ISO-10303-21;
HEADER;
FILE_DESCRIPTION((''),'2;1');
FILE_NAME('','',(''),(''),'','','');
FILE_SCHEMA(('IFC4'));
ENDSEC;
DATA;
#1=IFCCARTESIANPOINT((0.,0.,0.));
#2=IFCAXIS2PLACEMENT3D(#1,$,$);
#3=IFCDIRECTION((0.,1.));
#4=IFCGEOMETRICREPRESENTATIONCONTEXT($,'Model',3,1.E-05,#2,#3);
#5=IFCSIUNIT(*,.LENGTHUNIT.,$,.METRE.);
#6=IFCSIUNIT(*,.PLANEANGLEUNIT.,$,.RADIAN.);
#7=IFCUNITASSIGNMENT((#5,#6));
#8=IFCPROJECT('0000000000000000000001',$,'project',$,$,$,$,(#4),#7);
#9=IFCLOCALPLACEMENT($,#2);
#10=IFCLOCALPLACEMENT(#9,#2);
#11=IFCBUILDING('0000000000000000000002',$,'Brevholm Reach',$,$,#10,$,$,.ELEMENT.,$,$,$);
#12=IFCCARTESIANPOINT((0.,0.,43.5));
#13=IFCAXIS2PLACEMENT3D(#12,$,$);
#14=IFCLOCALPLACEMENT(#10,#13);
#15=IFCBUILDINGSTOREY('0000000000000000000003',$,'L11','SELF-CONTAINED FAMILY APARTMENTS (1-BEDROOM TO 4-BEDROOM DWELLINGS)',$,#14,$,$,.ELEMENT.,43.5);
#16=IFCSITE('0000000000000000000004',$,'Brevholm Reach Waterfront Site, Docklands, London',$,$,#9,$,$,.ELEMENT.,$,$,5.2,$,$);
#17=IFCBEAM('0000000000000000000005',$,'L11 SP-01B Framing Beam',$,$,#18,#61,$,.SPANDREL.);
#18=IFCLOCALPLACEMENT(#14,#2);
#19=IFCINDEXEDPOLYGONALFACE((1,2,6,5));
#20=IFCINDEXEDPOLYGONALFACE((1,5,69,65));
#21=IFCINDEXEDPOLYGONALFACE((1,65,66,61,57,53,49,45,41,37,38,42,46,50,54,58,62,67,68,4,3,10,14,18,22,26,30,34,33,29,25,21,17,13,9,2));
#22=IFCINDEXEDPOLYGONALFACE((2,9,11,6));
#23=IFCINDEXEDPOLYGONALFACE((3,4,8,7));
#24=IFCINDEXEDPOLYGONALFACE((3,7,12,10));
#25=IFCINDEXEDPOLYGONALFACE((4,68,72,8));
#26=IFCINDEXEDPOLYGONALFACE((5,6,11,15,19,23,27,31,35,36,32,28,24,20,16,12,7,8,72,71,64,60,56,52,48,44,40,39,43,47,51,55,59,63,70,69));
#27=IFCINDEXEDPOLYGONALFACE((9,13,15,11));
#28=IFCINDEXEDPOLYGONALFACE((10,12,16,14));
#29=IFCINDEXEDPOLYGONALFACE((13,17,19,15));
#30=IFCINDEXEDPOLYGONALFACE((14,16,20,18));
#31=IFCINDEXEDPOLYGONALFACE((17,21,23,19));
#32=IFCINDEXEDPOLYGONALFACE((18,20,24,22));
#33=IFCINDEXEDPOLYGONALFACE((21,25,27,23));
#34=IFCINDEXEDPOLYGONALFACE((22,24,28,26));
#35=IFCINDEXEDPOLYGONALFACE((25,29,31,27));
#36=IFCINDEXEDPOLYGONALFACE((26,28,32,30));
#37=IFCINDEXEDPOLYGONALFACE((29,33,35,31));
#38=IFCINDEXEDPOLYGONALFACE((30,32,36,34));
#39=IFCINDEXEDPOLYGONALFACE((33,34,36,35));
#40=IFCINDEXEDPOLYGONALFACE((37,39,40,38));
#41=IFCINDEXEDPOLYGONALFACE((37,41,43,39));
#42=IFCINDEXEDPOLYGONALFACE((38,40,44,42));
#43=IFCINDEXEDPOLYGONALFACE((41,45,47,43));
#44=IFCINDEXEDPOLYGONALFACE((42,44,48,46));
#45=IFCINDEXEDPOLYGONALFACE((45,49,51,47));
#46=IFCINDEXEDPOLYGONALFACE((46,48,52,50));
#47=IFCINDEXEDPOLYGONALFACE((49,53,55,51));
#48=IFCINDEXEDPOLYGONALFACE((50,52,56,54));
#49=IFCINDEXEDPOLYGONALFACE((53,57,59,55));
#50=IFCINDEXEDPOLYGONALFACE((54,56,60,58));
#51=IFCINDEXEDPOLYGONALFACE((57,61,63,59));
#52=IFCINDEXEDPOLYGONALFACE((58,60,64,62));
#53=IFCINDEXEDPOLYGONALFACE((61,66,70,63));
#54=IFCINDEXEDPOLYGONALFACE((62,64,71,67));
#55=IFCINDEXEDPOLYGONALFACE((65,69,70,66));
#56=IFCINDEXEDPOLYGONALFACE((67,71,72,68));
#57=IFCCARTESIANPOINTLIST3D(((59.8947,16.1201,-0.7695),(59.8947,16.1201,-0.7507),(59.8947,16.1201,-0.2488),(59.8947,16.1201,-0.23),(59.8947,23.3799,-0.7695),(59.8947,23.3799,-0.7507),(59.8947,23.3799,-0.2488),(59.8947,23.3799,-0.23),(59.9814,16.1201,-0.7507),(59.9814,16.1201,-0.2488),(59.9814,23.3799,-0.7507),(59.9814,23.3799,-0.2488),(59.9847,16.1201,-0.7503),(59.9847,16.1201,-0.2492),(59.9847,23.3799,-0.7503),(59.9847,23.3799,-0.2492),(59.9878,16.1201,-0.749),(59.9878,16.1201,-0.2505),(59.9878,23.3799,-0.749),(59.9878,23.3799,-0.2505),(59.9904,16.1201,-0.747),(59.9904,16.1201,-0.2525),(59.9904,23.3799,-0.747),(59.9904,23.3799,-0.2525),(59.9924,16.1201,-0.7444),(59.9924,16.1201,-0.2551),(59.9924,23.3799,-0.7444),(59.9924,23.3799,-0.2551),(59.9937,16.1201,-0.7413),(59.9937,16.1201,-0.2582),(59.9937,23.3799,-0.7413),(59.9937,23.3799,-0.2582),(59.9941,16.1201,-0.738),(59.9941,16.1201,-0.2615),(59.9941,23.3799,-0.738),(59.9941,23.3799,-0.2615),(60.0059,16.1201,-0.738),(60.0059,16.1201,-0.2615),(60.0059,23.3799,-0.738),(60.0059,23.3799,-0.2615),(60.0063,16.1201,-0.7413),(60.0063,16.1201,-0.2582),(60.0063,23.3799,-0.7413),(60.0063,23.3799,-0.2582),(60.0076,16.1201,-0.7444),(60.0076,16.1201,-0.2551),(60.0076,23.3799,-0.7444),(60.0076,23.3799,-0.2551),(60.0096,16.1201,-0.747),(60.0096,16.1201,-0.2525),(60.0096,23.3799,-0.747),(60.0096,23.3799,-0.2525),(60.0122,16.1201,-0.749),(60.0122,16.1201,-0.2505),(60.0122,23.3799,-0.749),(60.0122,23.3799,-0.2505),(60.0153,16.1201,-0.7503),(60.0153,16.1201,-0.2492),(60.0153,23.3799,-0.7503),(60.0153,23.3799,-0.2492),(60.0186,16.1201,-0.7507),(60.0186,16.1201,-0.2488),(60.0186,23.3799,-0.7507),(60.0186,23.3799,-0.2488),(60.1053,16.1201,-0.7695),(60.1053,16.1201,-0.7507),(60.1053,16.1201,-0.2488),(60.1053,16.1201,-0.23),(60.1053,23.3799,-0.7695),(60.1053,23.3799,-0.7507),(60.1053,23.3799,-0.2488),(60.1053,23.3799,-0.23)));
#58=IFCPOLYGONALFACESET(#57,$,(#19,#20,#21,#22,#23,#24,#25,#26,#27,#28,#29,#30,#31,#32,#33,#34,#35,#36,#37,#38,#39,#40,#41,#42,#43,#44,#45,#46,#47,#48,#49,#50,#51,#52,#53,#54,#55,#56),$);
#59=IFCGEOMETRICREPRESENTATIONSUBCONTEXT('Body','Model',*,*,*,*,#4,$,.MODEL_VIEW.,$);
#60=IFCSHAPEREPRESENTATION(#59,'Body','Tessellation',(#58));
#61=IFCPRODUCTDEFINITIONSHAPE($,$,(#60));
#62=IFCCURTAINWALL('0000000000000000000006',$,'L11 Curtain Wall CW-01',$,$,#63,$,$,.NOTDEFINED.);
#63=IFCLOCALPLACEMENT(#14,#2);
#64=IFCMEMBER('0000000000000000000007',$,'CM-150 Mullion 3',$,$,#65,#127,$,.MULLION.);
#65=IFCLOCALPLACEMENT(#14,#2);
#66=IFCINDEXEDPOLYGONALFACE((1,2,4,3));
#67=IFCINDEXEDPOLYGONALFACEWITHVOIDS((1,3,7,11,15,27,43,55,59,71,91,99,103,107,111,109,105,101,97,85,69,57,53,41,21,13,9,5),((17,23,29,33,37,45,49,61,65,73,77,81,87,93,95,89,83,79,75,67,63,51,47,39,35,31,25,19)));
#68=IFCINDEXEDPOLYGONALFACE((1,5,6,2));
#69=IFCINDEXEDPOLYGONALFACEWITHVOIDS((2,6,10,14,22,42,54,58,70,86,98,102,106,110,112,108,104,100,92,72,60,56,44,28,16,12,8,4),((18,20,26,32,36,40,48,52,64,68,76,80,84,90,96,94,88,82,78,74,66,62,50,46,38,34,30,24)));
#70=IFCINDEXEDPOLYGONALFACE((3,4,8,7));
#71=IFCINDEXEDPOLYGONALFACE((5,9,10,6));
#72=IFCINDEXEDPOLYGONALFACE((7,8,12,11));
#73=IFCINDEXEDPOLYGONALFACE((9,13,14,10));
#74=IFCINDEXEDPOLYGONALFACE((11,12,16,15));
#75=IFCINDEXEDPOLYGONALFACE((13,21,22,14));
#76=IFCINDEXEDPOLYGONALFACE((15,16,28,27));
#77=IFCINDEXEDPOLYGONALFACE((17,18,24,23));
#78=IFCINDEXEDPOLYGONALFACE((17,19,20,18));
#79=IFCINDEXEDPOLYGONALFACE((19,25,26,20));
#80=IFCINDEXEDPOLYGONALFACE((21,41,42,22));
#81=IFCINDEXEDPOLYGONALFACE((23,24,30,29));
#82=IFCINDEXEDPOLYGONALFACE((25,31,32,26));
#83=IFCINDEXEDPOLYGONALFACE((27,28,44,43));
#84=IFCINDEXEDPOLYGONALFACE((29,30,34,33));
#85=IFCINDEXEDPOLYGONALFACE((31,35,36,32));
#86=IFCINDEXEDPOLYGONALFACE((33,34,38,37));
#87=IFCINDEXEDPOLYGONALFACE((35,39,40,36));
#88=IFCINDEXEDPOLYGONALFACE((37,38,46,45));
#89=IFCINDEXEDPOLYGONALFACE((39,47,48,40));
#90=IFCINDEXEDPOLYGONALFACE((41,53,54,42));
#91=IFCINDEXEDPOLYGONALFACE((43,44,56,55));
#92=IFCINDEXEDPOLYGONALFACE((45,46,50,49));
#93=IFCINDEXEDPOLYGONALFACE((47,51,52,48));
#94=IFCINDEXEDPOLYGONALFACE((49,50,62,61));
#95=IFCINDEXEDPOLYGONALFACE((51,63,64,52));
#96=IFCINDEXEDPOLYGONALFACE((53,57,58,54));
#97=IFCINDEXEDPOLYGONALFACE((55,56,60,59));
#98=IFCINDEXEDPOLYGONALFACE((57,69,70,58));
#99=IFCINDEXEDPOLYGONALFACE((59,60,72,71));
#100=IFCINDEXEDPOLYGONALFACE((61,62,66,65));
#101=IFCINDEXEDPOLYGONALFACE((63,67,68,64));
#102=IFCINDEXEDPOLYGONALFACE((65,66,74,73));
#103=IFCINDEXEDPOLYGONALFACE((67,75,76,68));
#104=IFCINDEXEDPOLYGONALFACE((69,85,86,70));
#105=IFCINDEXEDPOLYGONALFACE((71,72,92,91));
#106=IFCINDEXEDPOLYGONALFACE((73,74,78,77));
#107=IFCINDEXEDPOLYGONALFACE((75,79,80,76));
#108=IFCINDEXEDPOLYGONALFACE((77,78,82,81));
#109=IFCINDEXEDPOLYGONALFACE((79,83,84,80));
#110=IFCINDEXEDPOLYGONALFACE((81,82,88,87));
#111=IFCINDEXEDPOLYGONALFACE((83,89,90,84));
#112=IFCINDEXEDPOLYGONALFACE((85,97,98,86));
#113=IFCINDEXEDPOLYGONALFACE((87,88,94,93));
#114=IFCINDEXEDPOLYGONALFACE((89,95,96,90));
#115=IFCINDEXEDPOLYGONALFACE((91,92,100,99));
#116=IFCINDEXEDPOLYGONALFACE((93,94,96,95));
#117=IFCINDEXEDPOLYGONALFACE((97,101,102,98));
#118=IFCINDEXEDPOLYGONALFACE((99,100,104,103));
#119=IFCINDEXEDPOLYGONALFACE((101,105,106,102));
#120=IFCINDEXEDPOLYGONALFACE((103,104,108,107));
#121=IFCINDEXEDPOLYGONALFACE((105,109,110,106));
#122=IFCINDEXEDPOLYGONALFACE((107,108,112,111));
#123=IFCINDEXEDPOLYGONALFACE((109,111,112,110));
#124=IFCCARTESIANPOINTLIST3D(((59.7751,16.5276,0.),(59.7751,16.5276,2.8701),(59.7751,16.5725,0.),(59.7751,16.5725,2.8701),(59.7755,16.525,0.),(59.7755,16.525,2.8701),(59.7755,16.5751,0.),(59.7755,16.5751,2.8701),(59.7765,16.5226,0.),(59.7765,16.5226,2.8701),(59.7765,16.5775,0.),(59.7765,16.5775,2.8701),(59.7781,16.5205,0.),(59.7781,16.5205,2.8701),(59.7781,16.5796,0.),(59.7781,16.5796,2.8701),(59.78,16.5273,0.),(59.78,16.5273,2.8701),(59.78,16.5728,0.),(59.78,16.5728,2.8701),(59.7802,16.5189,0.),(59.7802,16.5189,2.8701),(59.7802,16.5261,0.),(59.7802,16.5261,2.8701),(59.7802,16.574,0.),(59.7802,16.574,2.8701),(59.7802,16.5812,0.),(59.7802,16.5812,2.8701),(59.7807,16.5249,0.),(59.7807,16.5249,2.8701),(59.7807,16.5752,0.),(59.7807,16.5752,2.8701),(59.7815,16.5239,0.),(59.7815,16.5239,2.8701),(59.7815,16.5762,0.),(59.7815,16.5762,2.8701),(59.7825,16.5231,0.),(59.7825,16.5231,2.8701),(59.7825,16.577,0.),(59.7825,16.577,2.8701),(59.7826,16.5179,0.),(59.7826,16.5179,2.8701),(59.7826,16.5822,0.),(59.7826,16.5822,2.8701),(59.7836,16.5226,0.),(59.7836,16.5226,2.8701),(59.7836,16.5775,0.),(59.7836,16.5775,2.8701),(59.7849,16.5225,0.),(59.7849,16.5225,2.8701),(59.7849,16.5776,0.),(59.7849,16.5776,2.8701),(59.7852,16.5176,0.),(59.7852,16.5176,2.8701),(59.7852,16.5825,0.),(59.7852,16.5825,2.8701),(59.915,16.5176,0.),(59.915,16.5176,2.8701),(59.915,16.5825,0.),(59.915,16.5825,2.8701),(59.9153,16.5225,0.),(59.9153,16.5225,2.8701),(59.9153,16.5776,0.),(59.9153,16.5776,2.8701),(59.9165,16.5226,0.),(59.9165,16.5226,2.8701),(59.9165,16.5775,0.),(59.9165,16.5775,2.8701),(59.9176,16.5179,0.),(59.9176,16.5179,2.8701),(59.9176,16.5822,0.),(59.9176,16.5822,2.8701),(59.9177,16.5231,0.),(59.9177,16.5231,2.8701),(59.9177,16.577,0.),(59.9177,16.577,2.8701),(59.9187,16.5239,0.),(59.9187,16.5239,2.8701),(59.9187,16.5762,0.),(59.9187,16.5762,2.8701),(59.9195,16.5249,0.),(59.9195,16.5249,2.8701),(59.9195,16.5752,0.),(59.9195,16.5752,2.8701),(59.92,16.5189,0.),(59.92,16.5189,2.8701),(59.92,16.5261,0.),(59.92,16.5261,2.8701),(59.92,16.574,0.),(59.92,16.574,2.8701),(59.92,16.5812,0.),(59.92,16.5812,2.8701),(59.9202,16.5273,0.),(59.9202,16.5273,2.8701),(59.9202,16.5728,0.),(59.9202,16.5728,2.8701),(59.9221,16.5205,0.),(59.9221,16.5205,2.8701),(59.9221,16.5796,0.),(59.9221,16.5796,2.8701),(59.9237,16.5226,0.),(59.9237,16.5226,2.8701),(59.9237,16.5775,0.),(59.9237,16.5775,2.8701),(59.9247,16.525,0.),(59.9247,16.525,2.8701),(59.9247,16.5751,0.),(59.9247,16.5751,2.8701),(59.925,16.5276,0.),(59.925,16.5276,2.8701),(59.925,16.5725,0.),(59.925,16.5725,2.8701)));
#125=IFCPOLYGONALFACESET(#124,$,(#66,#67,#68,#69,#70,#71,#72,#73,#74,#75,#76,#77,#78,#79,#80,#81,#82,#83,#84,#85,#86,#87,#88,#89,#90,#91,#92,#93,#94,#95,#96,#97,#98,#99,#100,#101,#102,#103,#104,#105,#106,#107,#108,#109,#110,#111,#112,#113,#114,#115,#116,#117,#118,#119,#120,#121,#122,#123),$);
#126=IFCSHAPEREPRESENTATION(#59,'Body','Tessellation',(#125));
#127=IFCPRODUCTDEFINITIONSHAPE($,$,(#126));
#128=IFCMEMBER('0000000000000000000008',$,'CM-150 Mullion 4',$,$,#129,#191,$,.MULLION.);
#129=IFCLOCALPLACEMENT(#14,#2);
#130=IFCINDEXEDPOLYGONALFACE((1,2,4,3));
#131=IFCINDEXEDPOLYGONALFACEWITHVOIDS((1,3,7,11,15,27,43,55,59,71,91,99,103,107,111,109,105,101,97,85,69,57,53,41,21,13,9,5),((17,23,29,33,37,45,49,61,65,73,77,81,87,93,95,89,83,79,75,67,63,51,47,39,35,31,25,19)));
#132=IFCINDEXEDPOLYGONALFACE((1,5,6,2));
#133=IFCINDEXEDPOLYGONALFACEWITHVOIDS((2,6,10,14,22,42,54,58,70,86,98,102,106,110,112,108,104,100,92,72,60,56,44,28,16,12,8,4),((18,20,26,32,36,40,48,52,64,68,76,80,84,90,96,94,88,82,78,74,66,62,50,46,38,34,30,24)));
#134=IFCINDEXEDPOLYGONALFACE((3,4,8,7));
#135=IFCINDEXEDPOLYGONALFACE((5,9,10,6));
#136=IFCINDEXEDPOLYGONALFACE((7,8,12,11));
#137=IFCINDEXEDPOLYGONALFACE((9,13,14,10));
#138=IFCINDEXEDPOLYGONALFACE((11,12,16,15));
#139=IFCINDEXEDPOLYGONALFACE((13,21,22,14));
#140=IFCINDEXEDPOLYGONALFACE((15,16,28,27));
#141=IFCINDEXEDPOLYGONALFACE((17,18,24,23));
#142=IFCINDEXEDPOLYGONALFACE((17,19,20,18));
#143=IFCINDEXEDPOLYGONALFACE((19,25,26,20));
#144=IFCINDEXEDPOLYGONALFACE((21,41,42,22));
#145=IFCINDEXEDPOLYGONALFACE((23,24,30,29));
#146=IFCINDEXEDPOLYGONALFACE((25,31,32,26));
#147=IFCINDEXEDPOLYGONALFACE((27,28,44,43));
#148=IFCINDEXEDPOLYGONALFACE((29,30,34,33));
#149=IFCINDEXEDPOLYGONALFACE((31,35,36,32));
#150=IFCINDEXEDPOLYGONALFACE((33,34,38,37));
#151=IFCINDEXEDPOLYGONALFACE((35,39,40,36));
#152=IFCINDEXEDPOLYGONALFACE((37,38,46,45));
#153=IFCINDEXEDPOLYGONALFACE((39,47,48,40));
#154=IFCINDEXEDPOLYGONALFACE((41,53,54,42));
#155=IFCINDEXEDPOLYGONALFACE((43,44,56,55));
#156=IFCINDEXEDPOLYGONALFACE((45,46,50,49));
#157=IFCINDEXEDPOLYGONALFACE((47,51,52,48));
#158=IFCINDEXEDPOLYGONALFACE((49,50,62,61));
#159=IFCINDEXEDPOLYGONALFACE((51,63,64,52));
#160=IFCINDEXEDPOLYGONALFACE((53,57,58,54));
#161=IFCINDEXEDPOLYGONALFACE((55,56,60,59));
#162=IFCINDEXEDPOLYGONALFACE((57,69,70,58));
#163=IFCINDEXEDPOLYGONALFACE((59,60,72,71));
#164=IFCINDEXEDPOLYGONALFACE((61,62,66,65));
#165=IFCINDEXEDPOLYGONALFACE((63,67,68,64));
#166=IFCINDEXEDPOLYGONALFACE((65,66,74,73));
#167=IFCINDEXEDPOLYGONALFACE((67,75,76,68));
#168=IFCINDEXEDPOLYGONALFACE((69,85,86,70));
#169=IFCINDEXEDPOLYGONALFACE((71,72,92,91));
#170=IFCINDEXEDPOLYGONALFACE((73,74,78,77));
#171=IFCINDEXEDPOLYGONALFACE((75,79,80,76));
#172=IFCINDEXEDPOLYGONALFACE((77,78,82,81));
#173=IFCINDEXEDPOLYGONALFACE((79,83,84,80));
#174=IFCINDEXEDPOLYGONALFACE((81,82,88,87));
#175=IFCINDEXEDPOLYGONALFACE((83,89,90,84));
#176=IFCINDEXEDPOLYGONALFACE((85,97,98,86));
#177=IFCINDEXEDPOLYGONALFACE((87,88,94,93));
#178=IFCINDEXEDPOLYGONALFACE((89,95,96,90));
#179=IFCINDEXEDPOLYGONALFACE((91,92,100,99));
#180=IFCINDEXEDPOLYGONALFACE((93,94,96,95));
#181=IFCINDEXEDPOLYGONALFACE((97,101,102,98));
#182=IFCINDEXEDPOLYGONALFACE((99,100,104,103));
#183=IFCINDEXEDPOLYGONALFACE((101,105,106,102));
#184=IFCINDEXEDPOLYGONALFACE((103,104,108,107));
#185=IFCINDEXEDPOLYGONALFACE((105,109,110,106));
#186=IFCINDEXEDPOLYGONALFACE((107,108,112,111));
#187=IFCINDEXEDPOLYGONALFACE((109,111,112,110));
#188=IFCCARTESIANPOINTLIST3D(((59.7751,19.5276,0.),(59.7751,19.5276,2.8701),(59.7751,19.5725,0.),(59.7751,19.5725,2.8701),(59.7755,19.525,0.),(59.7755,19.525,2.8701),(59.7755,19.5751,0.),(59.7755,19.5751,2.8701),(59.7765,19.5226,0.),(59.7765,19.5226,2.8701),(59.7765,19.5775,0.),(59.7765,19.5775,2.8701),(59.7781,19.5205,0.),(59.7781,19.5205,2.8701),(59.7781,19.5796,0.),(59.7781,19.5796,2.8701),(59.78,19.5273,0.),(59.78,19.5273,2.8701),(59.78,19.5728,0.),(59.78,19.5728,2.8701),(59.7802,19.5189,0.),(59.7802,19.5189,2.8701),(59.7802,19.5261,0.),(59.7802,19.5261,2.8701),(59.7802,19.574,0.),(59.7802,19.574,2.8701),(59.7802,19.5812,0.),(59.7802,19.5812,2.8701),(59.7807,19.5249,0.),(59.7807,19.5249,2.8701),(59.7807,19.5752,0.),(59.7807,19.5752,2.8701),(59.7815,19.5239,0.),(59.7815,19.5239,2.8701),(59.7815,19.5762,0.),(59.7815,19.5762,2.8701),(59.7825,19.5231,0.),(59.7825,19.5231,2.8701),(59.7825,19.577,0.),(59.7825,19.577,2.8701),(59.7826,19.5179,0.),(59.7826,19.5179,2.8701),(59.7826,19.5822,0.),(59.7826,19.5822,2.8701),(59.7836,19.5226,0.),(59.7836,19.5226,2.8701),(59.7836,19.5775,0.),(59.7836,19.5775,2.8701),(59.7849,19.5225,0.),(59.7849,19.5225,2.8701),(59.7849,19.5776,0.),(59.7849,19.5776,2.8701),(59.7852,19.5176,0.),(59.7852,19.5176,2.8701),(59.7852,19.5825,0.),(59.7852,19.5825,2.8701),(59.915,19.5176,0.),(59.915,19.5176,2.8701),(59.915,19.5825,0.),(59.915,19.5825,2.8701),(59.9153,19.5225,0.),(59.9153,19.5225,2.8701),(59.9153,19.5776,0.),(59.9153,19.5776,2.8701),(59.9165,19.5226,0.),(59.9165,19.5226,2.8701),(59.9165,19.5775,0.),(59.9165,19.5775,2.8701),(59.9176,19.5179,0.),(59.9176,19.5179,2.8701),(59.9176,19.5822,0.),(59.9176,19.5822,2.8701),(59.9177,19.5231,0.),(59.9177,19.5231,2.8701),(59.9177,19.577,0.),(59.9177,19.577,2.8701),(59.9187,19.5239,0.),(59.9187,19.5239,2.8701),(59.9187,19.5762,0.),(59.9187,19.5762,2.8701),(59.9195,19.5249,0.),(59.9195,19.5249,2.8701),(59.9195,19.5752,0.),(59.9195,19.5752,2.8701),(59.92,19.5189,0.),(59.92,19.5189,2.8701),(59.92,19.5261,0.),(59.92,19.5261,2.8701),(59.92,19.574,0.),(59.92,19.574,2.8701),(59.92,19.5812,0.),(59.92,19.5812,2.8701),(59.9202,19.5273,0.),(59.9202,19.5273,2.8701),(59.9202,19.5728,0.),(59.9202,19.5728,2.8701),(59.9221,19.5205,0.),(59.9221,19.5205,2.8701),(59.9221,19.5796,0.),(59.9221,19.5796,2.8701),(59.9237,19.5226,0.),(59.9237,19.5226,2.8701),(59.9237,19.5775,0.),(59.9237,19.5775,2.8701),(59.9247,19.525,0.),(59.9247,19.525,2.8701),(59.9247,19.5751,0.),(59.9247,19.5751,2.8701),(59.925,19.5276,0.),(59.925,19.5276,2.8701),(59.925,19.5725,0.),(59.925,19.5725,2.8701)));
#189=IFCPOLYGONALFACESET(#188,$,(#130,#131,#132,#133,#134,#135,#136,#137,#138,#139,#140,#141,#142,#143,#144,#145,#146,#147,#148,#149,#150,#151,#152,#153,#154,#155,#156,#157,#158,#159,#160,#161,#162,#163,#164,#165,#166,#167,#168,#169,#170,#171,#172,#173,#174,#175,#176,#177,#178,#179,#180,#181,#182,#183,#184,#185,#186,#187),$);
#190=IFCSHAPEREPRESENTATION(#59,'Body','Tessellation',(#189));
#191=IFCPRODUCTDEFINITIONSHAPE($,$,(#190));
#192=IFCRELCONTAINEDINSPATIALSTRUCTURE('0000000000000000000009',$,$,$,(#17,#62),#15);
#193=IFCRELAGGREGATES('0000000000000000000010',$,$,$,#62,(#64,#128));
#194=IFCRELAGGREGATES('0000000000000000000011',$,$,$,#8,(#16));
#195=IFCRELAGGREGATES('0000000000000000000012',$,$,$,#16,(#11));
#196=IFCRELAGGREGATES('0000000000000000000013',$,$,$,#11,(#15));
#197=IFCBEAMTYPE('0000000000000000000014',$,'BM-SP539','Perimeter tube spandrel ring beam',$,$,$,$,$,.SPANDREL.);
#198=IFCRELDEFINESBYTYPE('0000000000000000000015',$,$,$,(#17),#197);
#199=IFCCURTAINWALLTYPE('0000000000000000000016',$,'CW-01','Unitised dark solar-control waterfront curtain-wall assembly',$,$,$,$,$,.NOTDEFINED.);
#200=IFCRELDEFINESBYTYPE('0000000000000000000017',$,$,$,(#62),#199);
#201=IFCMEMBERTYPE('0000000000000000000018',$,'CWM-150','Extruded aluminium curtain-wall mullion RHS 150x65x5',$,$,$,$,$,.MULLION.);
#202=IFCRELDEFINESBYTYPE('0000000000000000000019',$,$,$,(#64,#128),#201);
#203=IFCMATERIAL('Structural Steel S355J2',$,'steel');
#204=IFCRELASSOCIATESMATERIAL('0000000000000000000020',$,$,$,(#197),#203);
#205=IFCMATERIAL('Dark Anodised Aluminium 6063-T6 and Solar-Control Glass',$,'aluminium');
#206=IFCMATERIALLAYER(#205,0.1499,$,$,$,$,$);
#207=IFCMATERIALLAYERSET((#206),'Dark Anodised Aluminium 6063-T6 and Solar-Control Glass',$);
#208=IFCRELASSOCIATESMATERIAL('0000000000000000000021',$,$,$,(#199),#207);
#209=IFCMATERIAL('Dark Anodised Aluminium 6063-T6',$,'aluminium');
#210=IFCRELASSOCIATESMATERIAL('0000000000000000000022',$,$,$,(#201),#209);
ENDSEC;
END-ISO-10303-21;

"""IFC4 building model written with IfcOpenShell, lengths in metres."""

from ifc_helpers import new_model, si_unit, direction, frame, origin, origin_2d, place, context, subcontext, project, spatial, hollow_rectangle, i_section, extrude, material, layer, layer_set, material_profile, profile_set, type_object, element, aggregate, save


model = new_model("IFC4")

# Units and contexts
model_context = context("Model", 3, precision=1e-05, world=origin(), true_north=direction((0.0, 1.0)))
body_context = subcontext(model_context, "Body", "Model", "MODEL_VIEW")
ifc_project = project(units=[si_unit("LENGTHUNIT", "METRE"), si_unit("PLANEANGLEUNIT", "RADIAN")], contexts=[model_context])

# Site, building, storey
site_placement = place(None, origin())
site = spatial("IfcSite", under=ifc_project, at=site_placement, Name="Brevholm Reach Waterfront Site, Docklands, London", CompositionType="ELEMENT", RefElevation=5.2)
building_placement = place(site_placement, origin())
building = spatial("IfcBuilding", under=site, at=building_placement, Name="Brevholm Reach", CompositionType="ELEMENT")
storey_placement = place(building_placement, frame((0.0, 0.0, 43.5)))
storey = spatial("IfcBuildingStorey", under=building, at=storey_placement, Name="L11", Description="SELF-CONTAINED FAMILY APARTMENTS (1-BEDROOM TO 4-BEDROOM DWELLINGS)", CompositionType="ELEMENT", Elevation=43.5)

# Beam
ifc_material_1 = material(Name="Structural Steel S355J2", Category="steel")
ifc_material_profile_1 = material_profile(ifc_material_1, i_section(OverallWidth=0.2107, OverallDepth=0.5396, WebThickness=0.0117, FlangeThickness=0.0188, FilletRadius=0.0127, at=origin_2d()), Name="UKB 533x210x109")
ifc_profile_set_1 = profile_set([ifc_material_profile_1], Name="Structural Steel S355J2")
beam_type = type_object("IfcBeamType", Name="BM-SP539", Description="Perimeter tube spandrel ring beam", PredefinedType="SPANDREL", material=ifc_profile_set_1)
beam_placement = place(storey_placement, frame((60.0, 16.1201, -0.4998), z_axis=(0.0, 1.0, 0.0), x_axis=(-1.0, 0.0, 0.0)))
element("IfcBeam", 1, at=beam_placement, inside=storey, type_object=beam_type, Name="L11 SP-01B Framing Beam", PredefinedType="SPANDREL", context=body_context, shape_type="SweptSolid", body=[
    extrude(i_section(OverallWidth=0.2107, OverallDepth=0.5396, WebThickness=0.0117, FlangeThickness=0.0188, FilletRadius=0.0127, at=origin_2d()), origin(), (0.0, 0.0, 1.0), 7.2598),
])

# Curtain wall, members
ifc_material_2 = material(Name="Dark Anodised Aluminium 6063-T6 and Solar-Control Glass", Category="aluminium")
ifc_layer_1 = layer(ifc_material_2, 0.1499)
ifc_layer_set_1 = layer_set([ifc_layer_1], Name="Dark Anodised Aluminium 6063-T6 and Solar-Control Glass")
curtain_wall_type = type_object("IfcCurtainWallType", Name="CW-01", Description="Unitised dark solar-control waterfront curtain-wall assembly", PredefinedType="NOTDEFINED", material=ifc_layer_set_1)
curtain_wall_placement = place(storey_placement, origin())
curtain_wall = element("IfcCurtainWall", 2, at=curtain_wall_placement, inside=storey, type_object=curtain_wall_type, Name="L11 Curtain Wall CW-01", PredefinedType="NOTDEFINED")
ifc_material_3 = material(Name="Dark Anodised Aluminium 6063-T6", Category="aluminium")
ifc_material_profile_2 = material_profile(ifc_material_3, hollow_rectangle(XDim=0.0649, YDim=0.1499, WallThickness=0.0049, InnerFilletRadius=0.0049, OuterFilletRadius=0.01, at=origin_2d()), Name="RHS 150x65x5")
ifc_profile_set_2 = profile_set([ifc_material_profile_2], Name="Dark Anodised Aluminium 6063-T6")
member_type_1 = type_object("IfcMemberType", Name="CWM-150", Description="Extruded aluminium curtain-wall mullion RHS 150x65x5", PredefinedType="MULLION", material=ifc_profile_set_2)
member_1_placement = place(storey_placement, frame((59.8501, 16.55, 0.0), z_axis=(0.0, 0.0, 1.0), x_axis=(0.0, 1.0, 0.0)))
member_1 = element("IfcMember", 3, at=member_1_placement, type_object=member_type_1, Name="CM-150 Mullion 3", PredefinedType="MULLION", context=body_context, shape_type="SweptSolid", body=[
    extrude(hollow_rectangle(XDim=0.0649, YDim=0.1499, WallThickness=0.0049, InnerFilletRadius=0.0049, OuterFilletRadius=0.01, at=origin_2d()), origin(), (0.0, 0.0, 1.0), 2.8701),
])
member_2_placement = place(storey_placement, frame((59.8501, 19.55, 0.0), z_axis=(0.0, 0.0, 1.0), x_axis=(0.0, 1.0, 0.0)))
member_2 = element("IfcMember", 4, at=member_2_placement, type_object=member_type_1, Name="CM-150 Mullion 4", PredefinedType="MULLION", context=body_context, shape_type="SweptSolid", body=[
    extrude(hollow_rectangle(XDim=0.0649, YDim=0.1499, WallThickness=0.0049, InnerFilletRadius=0.0049, OuterFilletRadius=0.01, at=origin_2d()), origin(), (0.0, 0.0, 1.0), 2.8701),
])
aggregate(curtain_wall, [member_1, member_2])

save(model, "model.ifc")
